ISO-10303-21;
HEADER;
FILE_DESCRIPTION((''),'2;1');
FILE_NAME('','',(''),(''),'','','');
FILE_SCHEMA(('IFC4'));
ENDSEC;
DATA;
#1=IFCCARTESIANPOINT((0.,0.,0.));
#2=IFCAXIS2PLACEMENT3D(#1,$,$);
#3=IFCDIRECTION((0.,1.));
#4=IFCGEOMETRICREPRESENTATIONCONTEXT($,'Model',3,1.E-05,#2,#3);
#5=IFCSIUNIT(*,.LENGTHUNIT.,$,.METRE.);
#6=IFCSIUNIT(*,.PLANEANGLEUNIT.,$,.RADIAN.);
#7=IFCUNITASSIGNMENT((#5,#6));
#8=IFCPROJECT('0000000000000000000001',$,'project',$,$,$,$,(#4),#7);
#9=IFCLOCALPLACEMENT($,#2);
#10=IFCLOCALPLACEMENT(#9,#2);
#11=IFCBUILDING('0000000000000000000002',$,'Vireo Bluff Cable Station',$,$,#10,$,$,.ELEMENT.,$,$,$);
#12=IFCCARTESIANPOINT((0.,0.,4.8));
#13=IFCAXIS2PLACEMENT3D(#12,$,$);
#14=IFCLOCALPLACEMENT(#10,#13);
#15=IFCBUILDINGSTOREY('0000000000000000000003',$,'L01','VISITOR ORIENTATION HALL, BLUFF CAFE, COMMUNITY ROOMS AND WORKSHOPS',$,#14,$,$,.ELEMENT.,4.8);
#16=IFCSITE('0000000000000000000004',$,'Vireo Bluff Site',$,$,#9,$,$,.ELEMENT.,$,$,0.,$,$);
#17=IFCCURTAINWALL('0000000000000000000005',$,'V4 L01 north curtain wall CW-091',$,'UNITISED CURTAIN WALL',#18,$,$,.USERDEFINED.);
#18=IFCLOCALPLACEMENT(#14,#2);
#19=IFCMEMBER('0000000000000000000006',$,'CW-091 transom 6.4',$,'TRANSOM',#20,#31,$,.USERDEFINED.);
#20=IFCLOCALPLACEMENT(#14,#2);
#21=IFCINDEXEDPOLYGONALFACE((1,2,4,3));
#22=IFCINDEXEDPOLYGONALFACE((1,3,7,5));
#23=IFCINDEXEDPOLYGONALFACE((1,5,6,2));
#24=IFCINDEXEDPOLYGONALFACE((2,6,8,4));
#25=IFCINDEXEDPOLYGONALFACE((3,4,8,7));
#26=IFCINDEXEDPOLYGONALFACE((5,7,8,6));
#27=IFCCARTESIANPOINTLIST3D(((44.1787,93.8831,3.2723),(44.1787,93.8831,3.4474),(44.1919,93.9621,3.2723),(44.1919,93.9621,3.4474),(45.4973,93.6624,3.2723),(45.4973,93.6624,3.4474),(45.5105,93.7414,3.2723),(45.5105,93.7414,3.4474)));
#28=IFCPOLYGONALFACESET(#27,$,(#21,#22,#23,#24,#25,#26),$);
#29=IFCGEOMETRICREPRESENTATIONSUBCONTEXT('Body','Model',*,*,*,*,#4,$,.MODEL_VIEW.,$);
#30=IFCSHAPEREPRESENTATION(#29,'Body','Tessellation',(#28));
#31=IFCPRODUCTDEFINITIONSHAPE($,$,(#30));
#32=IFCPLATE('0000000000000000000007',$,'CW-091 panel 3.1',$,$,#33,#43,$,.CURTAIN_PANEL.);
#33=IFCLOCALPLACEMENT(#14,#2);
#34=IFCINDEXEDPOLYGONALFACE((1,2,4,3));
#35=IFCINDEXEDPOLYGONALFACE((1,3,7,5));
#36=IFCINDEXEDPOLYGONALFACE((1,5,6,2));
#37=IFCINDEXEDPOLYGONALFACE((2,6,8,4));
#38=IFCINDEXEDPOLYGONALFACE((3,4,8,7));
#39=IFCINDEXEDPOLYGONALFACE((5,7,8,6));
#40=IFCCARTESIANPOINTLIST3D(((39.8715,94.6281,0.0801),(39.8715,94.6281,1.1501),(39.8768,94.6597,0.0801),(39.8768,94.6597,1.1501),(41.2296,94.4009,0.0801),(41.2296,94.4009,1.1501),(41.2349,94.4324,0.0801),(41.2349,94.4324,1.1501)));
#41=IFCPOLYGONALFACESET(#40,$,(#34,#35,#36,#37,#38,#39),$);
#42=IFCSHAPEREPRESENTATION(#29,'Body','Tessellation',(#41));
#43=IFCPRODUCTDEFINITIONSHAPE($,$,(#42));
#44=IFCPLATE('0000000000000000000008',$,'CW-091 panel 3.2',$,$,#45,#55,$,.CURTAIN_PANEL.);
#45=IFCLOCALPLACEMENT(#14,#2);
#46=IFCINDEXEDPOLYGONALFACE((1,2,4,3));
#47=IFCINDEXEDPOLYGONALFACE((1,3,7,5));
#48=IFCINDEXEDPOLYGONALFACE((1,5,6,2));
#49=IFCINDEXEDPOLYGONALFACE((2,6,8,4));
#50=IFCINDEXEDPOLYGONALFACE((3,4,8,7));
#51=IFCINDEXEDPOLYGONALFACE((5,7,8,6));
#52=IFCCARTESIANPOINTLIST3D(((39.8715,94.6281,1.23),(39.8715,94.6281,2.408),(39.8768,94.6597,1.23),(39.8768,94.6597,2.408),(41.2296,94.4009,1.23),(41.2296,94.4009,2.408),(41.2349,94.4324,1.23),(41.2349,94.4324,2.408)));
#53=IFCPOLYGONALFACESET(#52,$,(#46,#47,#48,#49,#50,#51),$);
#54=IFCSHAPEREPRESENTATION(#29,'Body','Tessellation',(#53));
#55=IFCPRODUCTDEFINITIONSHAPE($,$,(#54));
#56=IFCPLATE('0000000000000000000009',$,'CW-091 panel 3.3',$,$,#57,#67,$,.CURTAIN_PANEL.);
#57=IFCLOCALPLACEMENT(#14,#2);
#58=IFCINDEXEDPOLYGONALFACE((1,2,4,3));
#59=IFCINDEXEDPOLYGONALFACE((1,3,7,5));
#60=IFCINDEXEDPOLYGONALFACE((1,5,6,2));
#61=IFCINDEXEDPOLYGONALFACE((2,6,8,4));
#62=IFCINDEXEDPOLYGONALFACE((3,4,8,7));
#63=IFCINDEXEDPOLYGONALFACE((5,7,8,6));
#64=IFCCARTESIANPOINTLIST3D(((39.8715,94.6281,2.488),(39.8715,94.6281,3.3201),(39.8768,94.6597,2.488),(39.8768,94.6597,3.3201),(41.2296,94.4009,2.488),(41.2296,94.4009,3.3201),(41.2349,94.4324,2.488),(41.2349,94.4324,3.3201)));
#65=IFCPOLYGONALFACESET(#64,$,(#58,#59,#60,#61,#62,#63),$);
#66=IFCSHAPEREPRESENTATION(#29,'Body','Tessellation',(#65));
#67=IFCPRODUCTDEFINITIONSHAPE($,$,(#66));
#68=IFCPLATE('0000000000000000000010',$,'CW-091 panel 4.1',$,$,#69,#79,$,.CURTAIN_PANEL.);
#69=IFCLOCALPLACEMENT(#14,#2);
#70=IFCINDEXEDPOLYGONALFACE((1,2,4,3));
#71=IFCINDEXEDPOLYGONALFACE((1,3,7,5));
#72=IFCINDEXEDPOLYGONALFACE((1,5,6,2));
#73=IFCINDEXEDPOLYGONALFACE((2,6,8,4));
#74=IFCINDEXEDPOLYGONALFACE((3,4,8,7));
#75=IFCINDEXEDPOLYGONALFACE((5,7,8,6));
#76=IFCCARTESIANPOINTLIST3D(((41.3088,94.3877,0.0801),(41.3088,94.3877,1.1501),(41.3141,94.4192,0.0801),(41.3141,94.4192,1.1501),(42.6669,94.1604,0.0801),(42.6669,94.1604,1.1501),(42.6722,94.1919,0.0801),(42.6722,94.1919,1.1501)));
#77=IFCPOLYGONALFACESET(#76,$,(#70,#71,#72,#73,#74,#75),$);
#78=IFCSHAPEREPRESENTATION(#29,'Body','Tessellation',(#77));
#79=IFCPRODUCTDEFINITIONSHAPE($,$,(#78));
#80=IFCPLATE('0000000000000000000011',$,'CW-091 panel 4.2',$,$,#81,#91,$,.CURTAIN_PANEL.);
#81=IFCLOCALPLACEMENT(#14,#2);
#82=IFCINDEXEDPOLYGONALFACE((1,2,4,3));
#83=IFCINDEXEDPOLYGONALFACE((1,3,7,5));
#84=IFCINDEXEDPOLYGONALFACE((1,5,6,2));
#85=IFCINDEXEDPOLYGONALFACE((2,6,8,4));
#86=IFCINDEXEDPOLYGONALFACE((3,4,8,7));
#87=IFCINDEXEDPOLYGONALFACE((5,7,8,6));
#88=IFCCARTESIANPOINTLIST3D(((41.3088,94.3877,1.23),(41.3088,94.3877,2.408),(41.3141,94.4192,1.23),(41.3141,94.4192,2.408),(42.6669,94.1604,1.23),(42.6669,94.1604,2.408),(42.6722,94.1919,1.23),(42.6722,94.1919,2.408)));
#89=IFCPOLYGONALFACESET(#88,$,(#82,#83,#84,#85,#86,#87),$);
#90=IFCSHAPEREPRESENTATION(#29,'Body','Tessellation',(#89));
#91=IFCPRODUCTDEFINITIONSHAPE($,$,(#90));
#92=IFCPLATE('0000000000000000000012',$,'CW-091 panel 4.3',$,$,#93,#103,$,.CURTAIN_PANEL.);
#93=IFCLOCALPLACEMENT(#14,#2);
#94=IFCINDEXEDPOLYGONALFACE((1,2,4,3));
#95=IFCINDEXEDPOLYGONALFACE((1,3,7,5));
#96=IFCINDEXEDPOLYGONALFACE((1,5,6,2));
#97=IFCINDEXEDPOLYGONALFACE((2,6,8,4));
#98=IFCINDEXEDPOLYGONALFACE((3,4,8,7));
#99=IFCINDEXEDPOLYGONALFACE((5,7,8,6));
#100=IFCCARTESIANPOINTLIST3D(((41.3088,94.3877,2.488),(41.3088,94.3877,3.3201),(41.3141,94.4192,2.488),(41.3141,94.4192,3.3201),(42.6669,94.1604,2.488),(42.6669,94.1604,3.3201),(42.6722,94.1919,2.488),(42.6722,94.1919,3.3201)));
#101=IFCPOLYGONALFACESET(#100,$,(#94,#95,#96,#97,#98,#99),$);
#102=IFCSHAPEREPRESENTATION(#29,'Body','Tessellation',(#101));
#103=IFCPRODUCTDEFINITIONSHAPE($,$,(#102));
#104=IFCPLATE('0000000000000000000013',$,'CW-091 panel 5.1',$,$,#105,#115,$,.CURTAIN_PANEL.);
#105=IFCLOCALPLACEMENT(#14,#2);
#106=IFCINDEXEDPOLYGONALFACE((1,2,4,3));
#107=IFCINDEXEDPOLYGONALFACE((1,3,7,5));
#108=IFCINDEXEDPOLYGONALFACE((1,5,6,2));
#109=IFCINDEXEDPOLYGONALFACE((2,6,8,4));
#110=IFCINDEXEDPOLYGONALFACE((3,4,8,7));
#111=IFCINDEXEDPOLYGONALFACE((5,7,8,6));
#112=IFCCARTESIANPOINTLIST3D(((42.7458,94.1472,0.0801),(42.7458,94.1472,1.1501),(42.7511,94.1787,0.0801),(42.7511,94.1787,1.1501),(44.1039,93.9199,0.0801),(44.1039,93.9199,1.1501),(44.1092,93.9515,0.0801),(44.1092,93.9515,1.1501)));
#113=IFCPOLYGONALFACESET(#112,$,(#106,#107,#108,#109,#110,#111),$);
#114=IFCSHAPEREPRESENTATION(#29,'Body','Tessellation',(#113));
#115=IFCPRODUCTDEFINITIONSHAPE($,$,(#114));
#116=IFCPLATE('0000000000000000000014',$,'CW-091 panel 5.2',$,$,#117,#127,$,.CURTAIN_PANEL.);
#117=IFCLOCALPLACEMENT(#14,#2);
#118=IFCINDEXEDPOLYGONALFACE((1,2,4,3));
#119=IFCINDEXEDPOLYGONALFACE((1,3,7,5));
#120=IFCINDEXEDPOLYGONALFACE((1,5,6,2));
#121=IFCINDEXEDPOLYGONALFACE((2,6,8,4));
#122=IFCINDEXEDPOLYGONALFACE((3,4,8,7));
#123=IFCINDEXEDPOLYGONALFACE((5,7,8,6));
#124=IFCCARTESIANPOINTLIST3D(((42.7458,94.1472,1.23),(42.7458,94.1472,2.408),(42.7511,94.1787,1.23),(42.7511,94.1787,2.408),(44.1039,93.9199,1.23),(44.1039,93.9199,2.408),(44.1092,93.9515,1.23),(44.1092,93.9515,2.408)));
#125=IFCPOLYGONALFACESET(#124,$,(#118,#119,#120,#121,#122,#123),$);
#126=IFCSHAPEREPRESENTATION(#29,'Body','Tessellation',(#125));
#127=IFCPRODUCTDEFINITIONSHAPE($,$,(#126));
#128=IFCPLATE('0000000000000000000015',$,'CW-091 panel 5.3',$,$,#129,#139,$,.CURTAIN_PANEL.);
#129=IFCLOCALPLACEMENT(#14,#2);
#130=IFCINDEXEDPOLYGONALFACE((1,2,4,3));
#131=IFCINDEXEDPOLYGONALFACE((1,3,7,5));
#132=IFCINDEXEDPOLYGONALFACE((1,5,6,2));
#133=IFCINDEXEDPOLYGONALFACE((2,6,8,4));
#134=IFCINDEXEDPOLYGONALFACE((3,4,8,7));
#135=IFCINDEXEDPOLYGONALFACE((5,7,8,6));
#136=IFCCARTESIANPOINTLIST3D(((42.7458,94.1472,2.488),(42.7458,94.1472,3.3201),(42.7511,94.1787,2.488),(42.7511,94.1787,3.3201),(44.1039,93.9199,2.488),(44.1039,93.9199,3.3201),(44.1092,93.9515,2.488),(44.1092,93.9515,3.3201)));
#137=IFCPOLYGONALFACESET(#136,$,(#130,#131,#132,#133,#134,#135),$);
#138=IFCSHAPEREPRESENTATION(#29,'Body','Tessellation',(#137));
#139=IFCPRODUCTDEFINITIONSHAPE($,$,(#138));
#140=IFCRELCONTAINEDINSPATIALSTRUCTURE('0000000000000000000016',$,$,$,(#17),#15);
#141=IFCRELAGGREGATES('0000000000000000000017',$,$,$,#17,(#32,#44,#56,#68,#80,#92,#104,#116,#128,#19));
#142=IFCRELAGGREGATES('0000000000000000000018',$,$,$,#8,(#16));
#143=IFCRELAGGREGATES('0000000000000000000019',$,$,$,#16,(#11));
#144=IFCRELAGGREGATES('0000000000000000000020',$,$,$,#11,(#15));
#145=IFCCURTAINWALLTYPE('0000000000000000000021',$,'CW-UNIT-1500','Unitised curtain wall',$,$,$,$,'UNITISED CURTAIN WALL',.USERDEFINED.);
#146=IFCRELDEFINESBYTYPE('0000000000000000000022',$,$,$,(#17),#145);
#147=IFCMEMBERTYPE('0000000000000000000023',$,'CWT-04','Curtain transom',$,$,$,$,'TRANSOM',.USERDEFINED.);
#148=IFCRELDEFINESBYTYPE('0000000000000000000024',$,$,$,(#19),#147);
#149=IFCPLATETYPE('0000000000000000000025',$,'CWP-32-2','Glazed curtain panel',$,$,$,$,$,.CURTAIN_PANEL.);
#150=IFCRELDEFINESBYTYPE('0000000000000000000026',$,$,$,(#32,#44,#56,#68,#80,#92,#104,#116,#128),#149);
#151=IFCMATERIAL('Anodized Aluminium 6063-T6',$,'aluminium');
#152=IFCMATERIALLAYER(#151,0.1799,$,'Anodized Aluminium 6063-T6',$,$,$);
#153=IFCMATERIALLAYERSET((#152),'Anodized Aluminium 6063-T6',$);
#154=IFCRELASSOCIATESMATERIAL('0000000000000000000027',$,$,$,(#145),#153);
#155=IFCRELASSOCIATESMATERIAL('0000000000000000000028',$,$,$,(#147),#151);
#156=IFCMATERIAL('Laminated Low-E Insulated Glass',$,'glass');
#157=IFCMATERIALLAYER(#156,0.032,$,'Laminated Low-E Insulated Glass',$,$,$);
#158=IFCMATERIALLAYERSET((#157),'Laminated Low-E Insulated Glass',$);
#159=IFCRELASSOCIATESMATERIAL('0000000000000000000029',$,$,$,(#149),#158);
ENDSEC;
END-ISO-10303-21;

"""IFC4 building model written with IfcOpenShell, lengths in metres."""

from ifc_helpers import new_model, si_unit, direction, frame, origin, origin_2d, place, context, subcontext, project, spatial, rectangle, extrude, material, layer, layer_set, material_profile, profile_set, type_object, element, aggregate, save


model = new_model("IFC4")

# Units and contexts
model_context = context("Model", 3, precision=1e-05, world=origin(), true_north=direction((0.0, 1.0)))
body_context = subcontext(model_context, "Body", "Model", "MODEL_VIEW")
ifc_project = project(units=[si_unit("LENGTHUNIT", "METRE"), si_unit("PLANEANGLEUNIT", "RADIAN")], contexts=[model_context])

# Site, building, storey
site_placement = place(None, origin())
site = spatial("IfcSite", under=ifc_project, at=site_placement, Name="Vireo Bluff Site", CompositionType="ELEMENT", RefElevation=0.0)
building_placement = place(site_placement, origin())
building = spatial("IfcBuilding", under=site, at=building_placement, Name="Vireo Bluff Cable Station", CompositionType="ELEMENT")
storey_placement = place(building_placement, frame((0.0, 0.0, 4.8)))
storey = spatial("IfcBuildingStorey", under=building, at=storey_placement, Name="L01", Description="VISITOR ORIENTATION HALL, BLUFF CAFE, COMMUNITY ROOMS AND WORKSHOPS", CompositionType="ELEMENT", Elevation=4.8)

# Curtain wall, member, plates
ifc_material_1 = material(Name="Anodized Aluminium 6063-T6", Category="aluminium")
ifc_layer_1 = layer(ifc_material_1, 0.1799, Name="Anodized Aluminium 6063-T6")
ifc_layer_set_1 = layer_set([ifc_layer_1], Name="Anodized Aluminium 6063-T6")
curtain_wall_type = type_object("IfcCurtainWallType", Name="CW-UNIT-1500", Description="Unitised curtain wall", ElementType="UNITISED CURTAIN WALL", PredefinedType="USERDEFINED", material=ifc_layer_set_1)
curtain_wall_placement = place(storey_placement, origin())
curtain_wall = element("IfcCurtainWall", 1, at=curtain_wall_placement, inside=storey, type_object=curtain_wall_type, Name="V4 L01 north curtain wall CW-091", ObjectType="UNITISED CURTAIN WALL", PredefinedType="USERDEFINED")
ifc_material_profile_1 = material_profile(ifc_material_1, rectangle(XDim=0.0801, YDim=0.175, at=origin_2d()), Name="ALU-T-80X175")
ifc_profile_set_1 = profile_set([ifc_material_profile_1], Name="Anodized Aluminium 6063-T6")
member_type_1 = type_object("IfcMemberType", Name="CWT-04", Description="Curtain transom", ElementType="TRANSOM", PredefinedType="USERDEFINED", material=ifc_profile_set_1)
member_1_placement = place(storey_placement, frame((44.1853, 93.9226, 3.3599), z_axis=(0.98628, -0.16508, 0.0), x_axis=(0.16508, 0.98628, 0.0)))
member_1 = element("IfcMember", 2, at=member_1_placement, type_object=member_type_1, Name="CW-091 transom 6.4", ObjectType="TRANSOM", PredefinedType="USERDEFINED", context=body_context, shape_type="SweptSolid", body=[
    extrude(rectangle(XDim=0.0801, YDim=0.175, at=origin_2d()), origin(), (0.0, 0.0, 1.0), 1.3369),
])
ifc_material_2 = material(Name="Laminated Low-E Insulated Glass", Category="glass")
ifc_layer_2 = layer(ifc_material_2, 0.032, Name="Laminated Low-E Insulated Glass")
ifc_layer_set_2 = layer_set([ifc_layer_2], Name="Laminated Low-E Insulated Glass")
plate_type = type_object("IfcPlateType", Name="CWP-32-2", Description="Glazed curtain panel", PredefinedType="CURTAIN_PANEL", material=ifc_layer_set_2)
plate_1_placement = place(storey_placement, frame((40.5532, 94.5303, 0.0801), z_axis=(0.0, 0.0, 1.0), x_axis=(0.986286, -0.165048, 0.0)))
plate_1 = element("IfcPlate", 3, at=plate_1_placement, type_object=plate_type, Name="CW-091 panel 3.1", PredefinedType="CURTAIN_PANEL", context=body_context, shape_type="SweptSolid", body=[
    extrude(rectangle(XDim=1.377, YDim=0.032, at=origin_2d()), origin(), (0.0, 0.0, 1.0), 1.0701),
])
plate_2_placement = place(storey_placement, frame((40.5532, 94.5303, 1.23), z_axis=(0.0, 0.0, 1.0), x_axis=(0.986286, -0.165048, 0.0)))
plate_2 = element("IfcPlate", 4, at=plate_2_placement, type_object=plate_type, Name="CW-091 panel 3.2", PredefinedType="CURTAIN_PANEL", context=body_context, shape_type="SweptSolid", body=[
    extrude(rectangle(XDim=1.377, YDim=0.032, at=origin_2d()), origin(), (0.0, 0.0, 1.0), 1.178),
])
plate_3_placement = place(storey_placement, frame((40.5532, 94.5303, 2.488), z_axis=(0.0, 0.0, 1.0), x_axis=(0.986286, -0.165048, 0.0)))
plate_3 = element("IfcPlate", 5, at=plate_3_placement, type_object=plate_type, Name="CW-091 panel 3.3", PredefinedType="CURTAIN_PANEL", context=body_context, shape_type="SweptSolid", body=[
    extrude(rectangle(XDim=1.377, YDim=0.032, at=origin_2d()), origin(), (0.0, 0.0, 1.0), 0.832),
])
plate_4_placement = place(storey_placement, frame((41.9905, 94.2898, 0.0801), z_axis=(0.0, 0.0, 1.0), x_axis=(0.986286, -0.165048, 0.0)))
plate_4 = element("IfcPlate", 6, at=plate_4_placement, type_object=plate_type, Name="CW-091 panel 4.1", PredefinedType="CURTAIN_PANEL", context=body_context, shape_type="SweptSolid", body=[
    extrude(rectangle(XDim=1.377, YDim=0.032, at=origin_2d()), origin(), (0.0, 0.0, 1.0), 1.0701),
])
plate_5_placement = place(storey_placement, frame((41.9905, 94.2898, 1.23), z_axis=(0.0, 0.0, 1.0), x_axis=(0.986286, -0.165048, 0.0)))
plate_5 = element("IfcPlate", 7, at=plate_5_placement, type_object=plate_type, Name="CW-091 panel 4.2", PredefinedType="CURTAIN_PANEL", context=body_context, shape_type="SweptSolid", body=[
    extrude(rectangle(XDim=1.377, YDim=0.032, at=origin_2d()), origin(), (0.0, 0.0, 1.0), 1.178),
])
plate_6_placement = place(storey_placement, frame((41.9905, 94.2898, 2.488), z_axis=(0.0, 0.0, 1.0), x_axis=(0.986286, -0.165048, 0.0)))
plate_6 = element("IfcPlate", 8, at=plate_6_placement, type_object=plate_type, Name="CW-091 panel 4.3", PredefinedType="CURTAIN_PANEL", context=body_context, shape_type="SweptSolid", body=[
    extrude(rectangle(XDim=1.377, YDim=0.032, at=origin_2d()), origin(), (0.0, 0.0, 1.0), 0.832),
])
plate_7_placement = place(storey_placement, frame((43.4275, 94.0493, 0.0801), z_axis=(0.0, 0.0, 1.0), x_axis=(0.986286, -0.165048, 0.0)))
plate_7 = element("IfcPlate", 9, at=plate_7_placement, type_object=plate_type, Name="CW-091 panel 5.1", PredefinedType="CURTAIN_PANEL", context=body_context, shape_type="SweptSolid", body=[
    extrude(rectangle(XDim=1.377, YDim=0.032, at=origin_2d()), origin(), (0.0, 0.0, 1.0), 1.0701),
])
plate_8_placement = place(storey_placement, frame((43.4275, 94.0493, 1.23), z_axis=(0.0, 0.0, 1.0), x_axis=(0.986286, -0.165048, 0.0)))
plate_8 = element("IfcPlate", 10, at=plate_8_placement, type_object=plate_type, Name="CW-091 panel 5.2", PredefinedType="CURTAIN_PANEL", context=body_context, shape_type="SweptSolid", body=[
    extrude(rectangle(XDim=1.377, YDim=0.032, at=origin_2d()), origin(), (0.0, 0.0, 1.0), 1.178),
])
plate_9_placement = place(storey_placement, frame((43.4275, 94.0493, 2.488), z_axis=(0.0, 0.0, 1.0), x_axis=(0.986286, -0.165048, 0.0)))
plate_9 = element("IfcPlate", 11, at=plate_9_placement, type_object=plate_type, Name="CW-091 panel 5.3", PredefinedType="CURTAIN_PANEL", context=body_context, shape_type="SweptSolid", body=[
    extrude(rectangle(XDim=1.377, YDim=0.032, at=origin_2d()), origin(), (0.0, 0.0, 1.0), 0.832),
])
aggregate(curtain_wall, [plate_1, plate_2, plate_3, plate_4, plate_5, plate_6, plate_7, plate_8, plate_9, member_1])

save(model, "model.ifc")
